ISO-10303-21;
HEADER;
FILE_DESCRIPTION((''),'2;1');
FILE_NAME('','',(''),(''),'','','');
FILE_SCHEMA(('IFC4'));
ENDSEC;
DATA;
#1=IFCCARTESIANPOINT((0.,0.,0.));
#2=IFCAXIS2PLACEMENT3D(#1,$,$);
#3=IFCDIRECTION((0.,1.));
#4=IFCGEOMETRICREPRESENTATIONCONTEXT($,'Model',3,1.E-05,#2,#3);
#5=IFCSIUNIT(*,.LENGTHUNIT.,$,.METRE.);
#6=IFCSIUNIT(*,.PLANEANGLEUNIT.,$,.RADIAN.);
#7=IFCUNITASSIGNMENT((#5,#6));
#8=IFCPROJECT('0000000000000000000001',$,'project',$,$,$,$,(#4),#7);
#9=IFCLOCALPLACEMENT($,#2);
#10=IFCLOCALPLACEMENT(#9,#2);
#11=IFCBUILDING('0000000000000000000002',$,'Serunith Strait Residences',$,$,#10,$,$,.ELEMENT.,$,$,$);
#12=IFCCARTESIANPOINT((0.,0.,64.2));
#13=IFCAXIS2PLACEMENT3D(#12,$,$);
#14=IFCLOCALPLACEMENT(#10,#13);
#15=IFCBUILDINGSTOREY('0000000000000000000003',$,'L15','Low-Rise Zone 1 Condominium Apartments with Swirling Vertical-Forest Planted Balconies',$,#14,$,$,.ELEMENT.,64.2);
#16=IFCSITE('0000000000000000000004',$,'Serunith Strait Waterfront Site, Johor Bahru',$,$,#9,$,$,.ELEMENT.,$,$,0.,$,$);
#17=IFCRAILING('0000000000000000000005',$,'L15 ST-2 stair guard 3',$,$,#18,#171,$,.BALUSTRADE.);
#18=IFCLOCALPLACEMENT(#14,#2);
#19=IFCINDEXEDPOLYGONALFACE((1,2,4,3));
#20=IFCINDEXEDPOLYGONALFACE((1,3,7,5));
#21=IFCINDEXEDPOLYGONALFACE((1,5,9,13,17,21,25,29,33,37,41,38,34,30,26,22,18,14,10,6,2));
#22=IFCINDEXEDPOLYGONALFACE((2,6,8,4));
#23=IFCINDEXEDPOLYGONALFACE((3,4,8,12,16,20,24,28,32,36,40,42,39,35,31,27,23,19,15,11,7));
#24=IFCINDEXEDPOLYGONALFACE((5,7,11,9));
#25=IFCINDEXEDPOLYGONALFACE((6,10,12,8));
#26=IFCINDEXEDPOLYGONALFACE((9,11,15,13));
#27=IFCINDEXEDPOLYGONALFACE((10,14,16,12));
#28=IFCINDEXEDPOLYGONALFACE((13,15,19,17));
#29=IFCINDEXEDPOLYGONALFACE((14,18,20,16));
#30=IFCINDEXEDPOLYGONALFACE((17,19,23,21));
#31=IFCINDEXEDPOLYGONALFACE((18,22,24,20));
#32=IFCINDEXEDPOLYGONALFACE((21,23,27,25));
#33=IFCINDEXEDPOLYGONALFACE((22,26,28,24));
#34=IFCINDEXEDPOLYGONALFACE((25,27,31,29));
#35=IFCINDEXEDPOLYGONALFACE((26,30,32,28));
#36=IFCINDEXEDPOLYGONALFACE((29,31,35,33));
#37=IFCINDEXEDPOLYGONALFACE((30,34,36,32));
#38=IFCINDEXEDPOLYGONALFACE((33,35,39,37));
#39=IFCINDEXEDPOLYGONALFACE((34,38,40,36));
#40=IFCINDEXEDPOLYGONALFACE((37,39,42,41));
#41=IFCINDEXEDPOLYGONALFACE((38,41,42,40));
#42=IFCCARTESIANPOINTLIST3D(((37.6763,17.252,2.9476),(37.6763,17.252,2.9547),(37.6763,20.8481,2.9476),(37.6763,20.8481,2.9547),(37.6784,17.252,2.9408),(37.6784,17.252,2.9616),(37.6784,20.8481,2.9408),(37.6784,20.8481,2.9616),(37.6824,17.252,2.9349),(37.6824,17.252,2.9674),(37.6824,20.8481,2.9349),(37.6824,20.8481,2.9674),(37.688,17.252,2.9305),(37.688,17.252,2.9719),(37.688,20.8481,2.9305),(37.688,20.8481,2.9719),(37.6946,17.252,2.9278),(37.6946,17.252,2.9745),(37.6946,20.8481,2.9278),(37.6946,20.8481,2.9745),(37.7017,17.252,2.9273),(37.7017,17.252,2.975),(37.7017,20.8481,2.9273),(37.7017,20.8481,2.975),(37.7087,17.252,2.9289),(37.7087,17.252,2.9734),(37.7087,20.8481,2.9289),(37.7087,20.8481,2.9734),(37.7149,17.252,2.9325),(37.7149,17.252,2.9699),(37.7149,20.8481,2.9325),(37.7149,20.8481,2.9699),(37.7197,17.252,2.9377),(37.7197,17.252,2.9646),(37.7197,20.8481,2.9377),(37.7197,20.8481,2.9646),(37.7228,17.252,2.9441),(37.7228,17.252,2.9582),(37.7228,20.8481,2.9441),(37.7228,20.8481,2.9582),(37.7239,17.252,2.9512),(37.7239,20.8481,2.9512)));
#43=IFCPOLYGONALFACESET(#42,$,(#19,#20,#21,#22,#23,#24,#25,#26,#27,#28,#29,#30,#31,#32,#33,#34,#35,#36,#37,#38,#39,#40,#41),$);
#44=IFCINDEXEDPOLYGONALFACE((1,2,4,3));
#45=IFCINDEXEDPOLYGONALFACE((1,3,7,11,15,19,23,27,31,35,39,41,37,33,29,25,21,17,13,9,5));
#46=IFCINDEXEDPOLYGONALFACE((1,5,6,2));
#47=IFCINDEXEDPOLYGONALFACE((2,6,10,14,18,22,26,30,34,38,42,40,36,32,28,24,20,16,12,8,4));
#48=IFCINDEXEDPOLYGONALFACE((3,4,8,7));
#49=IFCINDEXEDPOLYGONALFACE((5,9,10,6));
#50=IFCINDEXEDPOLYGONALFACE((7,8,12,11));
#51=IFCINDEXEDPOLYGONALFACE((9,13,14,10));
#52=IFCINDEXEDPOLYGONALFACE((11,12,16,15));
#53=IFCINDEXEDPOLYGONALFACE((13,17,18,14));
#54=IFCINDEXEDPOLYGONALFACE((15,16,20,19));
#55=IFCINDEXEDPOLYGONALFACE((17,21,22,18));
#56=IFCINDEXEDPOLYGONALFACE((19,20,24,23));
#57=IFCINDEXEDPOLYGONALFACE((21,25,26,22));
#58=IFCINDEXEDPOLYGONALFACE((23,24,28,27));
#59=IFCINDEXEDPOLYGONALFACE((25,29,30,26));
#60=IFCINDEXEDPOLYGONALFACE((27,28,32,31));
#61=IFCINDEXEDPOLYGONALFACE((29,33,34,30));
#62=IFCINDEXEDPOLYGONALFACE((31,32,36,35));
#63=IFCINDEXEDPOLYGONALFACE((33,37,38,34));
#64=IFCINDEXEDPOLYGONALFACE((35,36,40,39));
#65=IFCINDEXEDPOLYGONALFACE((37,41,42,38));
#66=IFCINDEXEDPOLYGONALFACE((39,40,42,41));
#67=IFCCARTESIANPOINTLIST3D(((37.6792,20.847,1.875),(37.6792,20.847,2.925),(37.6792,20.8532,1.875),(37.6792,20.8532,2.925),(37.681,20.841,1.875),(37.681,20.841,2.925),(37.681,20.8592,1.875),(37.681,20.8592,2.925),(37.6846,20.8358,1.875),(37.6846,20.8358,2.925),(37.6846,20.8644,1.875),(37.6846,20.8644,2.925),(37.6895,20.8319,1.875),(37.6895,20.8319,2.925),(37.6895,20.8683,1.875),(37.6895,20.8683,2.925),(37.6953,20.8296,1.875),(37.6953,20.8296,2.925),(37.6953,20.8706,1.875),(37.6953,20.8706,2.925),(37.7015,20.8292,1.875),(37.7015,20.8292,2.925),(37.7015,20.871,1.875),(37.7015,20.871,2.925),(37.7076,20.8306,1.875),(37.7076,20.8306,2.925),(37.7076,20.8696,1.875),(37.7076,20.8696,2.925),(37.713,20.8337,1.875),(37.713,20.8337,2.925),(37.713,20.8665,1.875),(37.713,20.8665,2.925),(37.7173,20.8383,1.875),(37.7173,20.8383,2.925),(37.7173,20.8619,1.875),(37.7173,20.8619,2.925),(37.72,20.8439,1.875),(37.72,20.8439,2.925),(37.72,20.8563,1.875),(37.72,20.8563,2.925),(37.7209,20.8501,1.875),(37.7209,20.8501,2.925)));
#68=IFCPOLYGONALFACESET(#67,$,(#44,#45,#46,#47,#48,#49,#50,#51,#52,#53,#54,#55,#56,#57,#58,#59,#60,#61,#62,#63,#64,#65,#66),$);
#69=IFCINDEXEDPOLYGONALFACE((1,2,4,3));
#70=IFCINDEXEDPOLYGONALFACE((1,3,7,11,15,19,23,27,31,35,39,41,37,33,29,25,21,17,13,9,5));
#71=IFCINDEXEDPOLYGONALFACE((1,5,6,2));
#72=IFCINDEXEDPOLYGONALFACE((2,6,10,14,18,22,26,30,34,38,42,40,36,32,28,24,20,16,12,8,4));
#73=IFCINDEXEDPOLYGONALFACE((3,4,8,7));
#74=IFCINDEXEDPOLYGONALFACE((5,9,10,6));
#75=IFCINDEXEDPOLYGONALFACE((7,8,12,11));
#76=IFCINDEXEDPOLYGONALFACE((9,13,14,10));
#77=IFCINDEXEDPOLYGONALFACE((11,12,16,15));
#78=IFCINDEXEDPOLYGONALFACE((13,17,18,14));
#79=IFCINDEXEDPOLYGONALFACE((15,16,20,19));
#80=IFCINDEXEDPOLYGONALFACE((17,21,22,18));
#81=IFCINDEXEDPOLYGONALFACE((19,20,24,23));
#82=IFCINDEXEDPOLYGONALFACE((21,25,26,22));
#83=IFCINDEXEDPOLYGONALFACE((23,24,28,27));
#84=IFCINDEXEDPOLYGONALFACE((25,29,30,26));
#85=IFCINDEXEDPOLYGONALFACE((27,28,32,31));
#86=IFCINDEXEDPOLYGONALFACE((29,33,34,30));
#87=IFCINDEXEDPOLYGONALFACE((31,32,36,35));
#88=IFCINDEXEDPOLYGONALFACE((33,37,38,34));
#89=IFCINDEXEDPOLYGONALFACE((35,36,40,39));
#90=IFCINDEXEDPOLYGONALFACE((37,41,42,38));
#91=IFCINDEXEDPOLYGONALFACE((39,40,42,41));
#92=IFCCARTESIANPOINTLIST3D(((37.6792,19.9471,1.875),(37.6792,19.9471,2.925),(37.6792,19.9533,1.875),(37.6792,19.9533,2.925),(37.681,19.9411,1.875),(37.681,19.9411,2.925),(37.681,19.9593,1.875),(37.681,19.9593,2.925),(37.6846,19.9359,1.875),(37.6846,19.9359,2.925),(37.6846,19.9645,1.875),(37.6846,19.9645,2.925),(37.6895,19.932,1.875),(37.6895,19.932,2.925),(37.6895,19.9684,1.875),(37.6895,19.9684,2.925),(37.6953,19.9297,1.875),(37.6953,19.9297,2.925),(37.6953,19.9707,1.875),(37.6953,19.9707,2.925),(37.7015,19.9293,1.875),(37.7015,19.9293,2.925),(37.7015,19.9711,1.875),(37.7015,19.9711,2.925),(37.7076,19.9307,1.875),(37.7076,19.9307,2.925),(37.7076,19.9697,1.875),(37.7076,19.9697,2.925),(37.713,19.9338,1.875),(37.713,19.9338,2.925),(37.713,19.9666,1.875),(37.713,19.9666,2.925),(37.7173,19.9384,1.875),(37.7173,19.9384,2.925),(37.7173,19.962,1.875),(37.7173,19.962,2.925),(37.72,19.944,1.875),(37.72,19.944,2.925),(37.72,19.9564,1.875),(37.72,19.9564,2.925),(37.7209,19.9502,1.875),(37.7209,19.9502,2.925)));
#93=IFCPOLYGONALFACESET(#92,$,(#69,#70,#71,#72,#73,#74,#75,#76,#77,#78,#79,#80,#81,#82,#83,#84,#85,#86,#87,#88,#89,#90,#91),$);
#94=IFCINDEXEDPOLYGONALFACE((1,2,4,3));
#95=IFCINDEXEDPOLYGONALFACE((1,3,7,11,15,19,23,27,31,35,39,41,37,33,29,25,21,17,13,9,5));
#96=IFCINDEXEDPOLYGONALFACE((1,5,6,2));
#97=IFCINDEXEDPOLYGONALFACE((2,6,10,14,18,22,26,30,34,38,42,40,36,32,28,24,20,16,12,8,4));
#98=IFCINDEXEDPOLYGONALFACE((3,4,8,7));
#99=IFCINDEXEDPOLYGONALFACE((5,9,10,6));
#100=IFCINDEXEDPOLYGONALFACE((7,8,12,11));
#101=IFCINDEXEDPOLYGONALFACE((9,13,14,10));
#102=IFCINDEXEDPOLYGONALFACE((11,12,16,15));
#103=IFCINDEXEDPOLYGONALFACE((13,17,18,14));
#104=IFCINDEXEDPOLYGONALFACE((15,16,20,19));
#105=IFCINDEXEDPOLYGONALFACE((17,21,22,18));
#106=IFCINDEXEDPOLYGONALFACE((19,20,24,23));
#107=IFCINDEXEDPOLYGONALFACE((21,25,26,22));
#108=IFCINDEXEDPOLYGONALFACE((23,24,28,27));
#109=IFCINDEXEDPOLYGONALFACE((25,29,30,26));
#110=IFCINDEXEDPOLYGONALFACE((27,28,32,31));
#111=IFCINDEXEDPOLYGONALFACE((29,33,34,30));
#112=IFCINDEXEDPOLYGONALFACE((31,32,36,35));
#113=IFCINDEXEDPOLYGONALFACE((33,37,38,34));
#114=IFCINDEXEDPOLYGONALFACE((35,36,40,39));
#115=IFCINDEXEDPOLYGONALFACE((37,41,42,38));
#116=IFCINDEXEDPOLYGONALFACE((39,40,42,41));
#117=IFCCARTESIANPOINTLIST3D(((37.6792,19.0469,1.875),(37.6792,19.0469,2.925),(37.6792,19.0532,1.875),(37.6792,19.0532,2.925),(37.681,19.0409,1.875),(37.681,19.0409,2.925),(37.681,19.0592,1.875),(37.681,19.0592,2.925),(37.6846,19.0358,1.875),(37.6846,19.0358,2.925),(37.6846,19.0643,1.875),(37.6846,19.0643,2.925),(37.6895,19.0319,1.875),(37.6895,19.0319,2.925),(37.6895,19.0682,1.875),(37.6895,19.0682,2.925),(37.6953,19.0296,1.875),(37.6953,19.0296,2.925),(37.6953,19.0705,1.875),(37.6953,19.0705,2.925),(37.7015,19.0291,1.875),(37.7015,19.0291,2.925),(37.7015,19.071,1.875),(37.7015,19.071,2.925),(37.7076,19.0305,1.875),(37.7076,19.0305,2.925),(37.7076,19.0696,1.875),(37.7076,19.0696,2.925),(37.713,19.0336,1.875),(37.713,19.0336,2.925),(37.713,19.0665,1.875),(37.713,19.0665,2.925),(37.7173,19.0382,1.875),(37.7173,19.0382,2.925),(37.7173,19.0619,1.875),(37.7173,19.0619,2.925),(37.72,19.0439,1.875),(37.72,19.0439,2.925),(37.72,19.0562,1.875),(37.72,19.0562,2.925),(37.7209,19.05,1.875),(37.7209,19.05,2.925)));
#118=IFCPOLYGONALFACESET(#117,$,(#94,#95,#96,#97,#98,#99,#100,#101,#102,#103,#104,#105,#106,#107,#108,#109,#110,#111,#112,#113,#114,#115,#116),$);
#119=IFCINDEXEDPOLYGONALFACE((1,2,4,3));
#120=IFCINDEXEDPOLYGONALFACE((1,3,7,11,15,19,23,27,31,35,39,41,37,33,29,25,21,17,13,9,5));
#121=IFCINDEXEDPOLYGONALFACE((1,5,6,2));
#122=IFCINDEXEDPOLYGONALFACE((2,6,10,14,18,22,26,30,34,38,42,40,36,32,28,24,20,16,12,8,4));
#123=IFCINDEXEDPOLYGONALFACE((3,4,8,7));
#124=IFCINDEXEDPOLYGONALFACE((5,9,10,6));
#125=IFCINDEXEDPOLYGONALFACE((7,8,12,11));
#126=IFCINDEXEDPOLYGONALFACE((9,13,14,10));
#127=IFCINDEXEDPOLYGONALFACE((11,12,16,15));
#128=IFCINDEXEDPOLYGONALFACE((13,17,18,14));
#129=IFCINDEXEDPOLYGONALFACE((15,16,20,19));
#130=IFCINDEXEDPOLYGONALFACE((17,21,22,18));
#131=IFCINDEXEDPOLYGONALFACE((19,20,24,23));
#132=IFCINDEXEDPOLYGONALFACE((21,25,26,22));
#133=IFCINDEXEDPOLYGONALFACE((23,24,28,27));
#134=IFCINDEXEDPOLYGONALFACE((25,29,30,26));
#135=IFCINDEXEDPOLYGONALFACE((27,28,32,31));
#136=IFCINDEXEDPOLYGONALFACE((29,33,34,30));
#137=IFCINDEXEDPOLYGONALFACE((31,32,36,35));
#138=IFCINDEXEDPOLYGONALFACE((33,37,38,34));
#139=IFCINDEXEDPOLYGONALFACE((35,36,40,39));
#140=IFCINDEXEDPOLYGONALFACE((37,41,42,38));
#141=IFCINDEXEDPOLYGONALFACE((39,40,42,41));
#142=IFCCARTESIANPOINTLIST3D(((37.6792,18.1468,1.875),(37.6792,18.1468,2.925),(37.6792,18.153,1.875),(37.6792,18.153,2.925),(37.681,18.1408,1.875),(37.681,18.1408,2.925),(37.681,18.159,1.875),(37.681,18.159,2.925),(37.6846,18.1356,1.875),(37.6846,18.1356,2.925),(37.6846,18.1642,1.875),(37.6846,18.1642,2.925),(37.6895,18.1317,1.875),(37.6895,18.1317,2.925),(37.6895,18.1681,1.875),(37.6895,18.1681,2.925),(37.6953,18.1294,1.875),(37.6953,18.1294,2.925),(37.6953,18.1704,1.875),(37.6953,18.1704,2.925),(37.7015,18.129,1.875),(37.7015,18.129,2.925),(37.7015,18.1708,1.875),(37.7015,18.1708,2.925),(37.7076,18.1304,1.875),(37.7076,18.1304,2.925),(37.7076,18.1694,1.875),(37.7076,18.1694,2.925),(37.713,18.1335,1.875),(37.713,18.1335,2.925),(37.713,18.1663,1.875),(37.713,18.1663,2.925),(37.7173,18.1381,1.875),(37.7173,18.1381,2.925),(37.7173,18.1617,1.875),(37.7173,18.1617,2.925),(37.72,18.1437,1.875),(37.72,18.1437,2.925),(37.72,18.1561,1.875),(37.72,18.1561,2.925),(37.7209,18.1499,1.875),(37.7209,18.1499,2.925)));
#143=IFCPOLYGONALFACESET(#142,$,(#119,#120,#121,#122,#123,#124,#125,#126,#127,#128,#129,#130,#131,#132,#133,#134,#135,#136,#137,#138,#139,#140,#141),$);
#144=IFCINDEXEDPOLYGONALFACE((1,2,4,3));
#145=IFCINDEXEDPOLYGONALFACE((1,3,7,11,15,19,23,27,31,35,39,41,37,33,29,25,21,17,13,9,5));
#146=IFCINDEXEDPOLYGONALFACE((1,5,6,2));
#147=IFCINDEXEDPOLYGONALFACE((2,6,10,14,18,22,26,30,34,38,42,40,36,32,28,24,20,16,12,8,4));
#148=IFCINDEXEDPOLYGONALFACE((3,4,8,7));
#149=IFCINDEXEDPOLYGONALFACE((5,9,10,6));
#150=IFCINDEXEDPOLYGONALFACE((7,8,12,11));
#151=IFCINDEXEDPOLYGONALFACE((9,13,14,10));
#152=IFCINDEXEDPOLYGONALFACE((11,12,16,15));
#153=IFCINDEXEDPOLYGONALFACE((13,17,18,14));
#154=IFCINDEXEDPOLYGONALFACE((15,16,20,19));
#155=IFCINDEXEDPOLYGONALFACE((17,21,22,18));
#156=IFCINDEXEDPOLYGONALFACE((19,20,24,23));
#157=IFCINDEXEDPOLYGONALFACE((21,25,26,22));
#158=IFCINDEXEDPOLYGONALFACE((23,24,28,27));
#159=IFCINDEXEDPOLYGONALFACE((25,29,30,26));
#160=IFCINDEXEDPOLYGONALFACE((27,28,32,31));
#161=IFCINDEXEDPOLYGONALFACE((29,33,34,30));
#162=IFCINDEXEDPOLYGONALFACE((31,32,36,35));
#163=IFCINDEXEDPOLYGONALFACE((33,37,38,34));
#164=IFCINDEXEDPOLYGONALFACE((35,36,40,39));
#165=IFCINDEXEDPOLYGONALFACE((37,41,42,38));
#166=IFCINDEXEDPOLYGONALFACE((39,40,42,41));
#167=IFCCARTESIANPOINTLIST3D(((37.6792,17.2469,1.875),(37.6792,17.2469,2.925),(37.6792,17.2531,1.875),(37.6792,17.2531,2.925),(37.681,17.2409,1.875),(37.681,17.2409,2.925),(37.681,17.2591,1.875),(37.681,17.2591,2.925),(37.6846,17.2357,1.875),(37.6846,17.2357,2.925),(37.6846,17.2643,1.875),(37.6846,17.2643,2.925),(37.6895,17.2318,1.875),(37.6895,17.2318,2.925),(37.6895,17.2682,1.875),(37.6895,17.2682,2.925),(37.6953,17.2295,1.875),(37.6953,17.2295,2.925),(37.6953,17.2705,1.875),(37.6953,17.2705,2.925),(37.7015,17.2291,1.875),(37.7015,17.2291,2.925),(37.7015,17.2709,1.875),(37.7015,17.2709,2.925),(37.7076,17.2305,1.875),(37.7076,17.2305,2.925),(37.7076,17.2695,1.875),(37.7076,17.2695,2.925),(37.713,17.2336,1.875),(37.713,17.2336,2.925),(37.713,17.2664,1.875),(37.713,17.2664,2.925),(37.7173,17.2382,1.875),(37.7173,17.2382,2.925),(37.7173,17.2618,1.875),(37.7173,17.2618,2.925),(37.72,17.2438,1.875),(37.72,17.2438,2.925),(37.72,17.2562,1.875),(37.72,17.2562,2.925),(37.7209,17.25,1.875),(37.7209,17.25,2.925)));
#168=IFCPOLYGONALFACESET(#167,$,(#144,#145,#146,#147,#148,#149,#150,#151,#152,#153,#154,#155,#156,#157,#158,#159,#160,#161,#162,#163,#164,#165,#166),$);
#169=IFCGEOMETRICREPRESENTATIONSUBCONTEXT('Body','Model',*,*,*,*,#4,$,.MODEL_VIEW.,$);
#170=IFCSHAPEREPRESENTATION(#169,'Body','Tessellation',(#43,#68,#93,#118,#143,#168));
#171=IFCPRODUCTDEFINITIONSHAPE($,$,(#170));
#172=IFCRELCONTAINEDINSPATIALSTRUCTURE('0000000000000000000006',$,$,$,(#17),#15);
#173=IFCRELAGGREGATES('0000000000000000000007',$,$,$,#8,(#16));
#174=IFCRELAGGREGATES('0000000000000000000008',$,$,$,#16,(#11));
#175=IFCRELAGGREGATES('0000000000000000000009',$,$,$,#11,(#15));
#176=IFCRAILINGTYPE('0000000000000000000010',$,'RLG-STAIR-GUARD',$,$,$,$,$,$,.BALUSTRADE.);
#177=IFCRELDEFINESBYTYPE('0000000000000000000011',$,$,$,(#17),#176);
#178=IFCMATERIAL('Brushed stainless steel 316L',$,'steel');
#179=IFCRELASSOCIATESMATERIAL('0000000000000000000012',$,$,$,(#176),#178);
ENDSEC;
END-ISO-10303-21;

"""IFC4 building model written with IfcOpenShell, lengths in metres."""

from ifc_helpers import new_model, si_unit, direction, frame, origin, origin_2d, place, context, subcontext, project, spatial, circle, extrude, material, type_object, element, save


model = new_model("IFC4")

# Units and contexts
model_context = context("Model", 3, precision=1e-05, world=origin(), true_north=direction((0.0, 1.0)))
body_context = subcontext(model_context, "Body", "Model", "MODEL_VIEW")
ifc_project = project(units=[si_unit("LENGTHUNIT", "METRE"), si_unit("PLANEANGLEUNIT", "RADIAN")], contexts=[model_context])

# Site, building, storey
site_placement = place(None, origin())
site = spatial("IfcSite", under=ifc_project, at=site_placement, Name="Serunith Strait Waterfront Site, Johor Bahru", CompositionType="ELEMENT", RefElevation=0.0)
building_placement = place(site_placement, origin())
building = spatial("IfcBuilding", under=site, at=building_placement, Name="Serunith Strait Residences", CompositionType="ELEMENT")
storey_placement = place(building_placement, frame((0.0, 0.0, 64.2)))
storey = spatial("IfcBuildingStorey", under=building, at=storey_placement, Name="L15", Description="Low-Rise Zone 1 Condominium Apartments with Swirling Vertical-Forest Planted Balconies", CompositionType="ELEMENT", Elevation=64.2)

# Railing
ifc_material_1 = material(Name="Brushed stainless steel 316L", Category="steel")
railing_type_1 = type_object("IfcRailingType", Name="RLG-STAIR-GUARD", PredefinedType="BALUSTRADE", material=ifc_material_1)
for number, where, name in (
    (1, (37.7, 20.8501, 1.875), "L15 ST-2 stair guard 3"),
):
    element("IfcRailing", number, at=place(storey_placement, frame(where)), inside=storey, type_object=railing_type_1, Name=name, PredefinedType="BALUSTRADE", context=body_context, shape_type="SweptSolid", body=[
        extrude(circle(Radius=0.0239, at=origin_2d()), frame((0.0, -0.002, 1.0762), z_axis=(0.0, -1.0, 0.0), x_axis=(1.0, 0.0, 0.0)), (0.0, 0.0, 1.0), 3.5962),
        extrude(circle(Radius=0.021, at=origin_2d()), origin(), (0.0, 0.0, 1.0), 1.05),
        extrude(circle(Radius=0.021, at=origin_2d()), frame((0.0, -0.8999, 0.0)), (0.0, 0.0, 1.0), 1.05),
        extrude(circle(Radius=0.021, at=origin_2d()), frame((0.0, -1.8, 0.0)), (0.0, 0.0, 1.0), 1.05),
        extrude(circle(Radius=0.021, at=origin_2d()), frame((0.0, -2.7002, 0.0)), (0.0, 0.0, 1.0), 1.05),
        extrude(circle(Radius=0.021, at=origin_2d()), frame((0.0, -3.6001, 0.0)), (0.0, 0.0, 1.0), 1.05),
    ])

save(model, "model.ifc")
